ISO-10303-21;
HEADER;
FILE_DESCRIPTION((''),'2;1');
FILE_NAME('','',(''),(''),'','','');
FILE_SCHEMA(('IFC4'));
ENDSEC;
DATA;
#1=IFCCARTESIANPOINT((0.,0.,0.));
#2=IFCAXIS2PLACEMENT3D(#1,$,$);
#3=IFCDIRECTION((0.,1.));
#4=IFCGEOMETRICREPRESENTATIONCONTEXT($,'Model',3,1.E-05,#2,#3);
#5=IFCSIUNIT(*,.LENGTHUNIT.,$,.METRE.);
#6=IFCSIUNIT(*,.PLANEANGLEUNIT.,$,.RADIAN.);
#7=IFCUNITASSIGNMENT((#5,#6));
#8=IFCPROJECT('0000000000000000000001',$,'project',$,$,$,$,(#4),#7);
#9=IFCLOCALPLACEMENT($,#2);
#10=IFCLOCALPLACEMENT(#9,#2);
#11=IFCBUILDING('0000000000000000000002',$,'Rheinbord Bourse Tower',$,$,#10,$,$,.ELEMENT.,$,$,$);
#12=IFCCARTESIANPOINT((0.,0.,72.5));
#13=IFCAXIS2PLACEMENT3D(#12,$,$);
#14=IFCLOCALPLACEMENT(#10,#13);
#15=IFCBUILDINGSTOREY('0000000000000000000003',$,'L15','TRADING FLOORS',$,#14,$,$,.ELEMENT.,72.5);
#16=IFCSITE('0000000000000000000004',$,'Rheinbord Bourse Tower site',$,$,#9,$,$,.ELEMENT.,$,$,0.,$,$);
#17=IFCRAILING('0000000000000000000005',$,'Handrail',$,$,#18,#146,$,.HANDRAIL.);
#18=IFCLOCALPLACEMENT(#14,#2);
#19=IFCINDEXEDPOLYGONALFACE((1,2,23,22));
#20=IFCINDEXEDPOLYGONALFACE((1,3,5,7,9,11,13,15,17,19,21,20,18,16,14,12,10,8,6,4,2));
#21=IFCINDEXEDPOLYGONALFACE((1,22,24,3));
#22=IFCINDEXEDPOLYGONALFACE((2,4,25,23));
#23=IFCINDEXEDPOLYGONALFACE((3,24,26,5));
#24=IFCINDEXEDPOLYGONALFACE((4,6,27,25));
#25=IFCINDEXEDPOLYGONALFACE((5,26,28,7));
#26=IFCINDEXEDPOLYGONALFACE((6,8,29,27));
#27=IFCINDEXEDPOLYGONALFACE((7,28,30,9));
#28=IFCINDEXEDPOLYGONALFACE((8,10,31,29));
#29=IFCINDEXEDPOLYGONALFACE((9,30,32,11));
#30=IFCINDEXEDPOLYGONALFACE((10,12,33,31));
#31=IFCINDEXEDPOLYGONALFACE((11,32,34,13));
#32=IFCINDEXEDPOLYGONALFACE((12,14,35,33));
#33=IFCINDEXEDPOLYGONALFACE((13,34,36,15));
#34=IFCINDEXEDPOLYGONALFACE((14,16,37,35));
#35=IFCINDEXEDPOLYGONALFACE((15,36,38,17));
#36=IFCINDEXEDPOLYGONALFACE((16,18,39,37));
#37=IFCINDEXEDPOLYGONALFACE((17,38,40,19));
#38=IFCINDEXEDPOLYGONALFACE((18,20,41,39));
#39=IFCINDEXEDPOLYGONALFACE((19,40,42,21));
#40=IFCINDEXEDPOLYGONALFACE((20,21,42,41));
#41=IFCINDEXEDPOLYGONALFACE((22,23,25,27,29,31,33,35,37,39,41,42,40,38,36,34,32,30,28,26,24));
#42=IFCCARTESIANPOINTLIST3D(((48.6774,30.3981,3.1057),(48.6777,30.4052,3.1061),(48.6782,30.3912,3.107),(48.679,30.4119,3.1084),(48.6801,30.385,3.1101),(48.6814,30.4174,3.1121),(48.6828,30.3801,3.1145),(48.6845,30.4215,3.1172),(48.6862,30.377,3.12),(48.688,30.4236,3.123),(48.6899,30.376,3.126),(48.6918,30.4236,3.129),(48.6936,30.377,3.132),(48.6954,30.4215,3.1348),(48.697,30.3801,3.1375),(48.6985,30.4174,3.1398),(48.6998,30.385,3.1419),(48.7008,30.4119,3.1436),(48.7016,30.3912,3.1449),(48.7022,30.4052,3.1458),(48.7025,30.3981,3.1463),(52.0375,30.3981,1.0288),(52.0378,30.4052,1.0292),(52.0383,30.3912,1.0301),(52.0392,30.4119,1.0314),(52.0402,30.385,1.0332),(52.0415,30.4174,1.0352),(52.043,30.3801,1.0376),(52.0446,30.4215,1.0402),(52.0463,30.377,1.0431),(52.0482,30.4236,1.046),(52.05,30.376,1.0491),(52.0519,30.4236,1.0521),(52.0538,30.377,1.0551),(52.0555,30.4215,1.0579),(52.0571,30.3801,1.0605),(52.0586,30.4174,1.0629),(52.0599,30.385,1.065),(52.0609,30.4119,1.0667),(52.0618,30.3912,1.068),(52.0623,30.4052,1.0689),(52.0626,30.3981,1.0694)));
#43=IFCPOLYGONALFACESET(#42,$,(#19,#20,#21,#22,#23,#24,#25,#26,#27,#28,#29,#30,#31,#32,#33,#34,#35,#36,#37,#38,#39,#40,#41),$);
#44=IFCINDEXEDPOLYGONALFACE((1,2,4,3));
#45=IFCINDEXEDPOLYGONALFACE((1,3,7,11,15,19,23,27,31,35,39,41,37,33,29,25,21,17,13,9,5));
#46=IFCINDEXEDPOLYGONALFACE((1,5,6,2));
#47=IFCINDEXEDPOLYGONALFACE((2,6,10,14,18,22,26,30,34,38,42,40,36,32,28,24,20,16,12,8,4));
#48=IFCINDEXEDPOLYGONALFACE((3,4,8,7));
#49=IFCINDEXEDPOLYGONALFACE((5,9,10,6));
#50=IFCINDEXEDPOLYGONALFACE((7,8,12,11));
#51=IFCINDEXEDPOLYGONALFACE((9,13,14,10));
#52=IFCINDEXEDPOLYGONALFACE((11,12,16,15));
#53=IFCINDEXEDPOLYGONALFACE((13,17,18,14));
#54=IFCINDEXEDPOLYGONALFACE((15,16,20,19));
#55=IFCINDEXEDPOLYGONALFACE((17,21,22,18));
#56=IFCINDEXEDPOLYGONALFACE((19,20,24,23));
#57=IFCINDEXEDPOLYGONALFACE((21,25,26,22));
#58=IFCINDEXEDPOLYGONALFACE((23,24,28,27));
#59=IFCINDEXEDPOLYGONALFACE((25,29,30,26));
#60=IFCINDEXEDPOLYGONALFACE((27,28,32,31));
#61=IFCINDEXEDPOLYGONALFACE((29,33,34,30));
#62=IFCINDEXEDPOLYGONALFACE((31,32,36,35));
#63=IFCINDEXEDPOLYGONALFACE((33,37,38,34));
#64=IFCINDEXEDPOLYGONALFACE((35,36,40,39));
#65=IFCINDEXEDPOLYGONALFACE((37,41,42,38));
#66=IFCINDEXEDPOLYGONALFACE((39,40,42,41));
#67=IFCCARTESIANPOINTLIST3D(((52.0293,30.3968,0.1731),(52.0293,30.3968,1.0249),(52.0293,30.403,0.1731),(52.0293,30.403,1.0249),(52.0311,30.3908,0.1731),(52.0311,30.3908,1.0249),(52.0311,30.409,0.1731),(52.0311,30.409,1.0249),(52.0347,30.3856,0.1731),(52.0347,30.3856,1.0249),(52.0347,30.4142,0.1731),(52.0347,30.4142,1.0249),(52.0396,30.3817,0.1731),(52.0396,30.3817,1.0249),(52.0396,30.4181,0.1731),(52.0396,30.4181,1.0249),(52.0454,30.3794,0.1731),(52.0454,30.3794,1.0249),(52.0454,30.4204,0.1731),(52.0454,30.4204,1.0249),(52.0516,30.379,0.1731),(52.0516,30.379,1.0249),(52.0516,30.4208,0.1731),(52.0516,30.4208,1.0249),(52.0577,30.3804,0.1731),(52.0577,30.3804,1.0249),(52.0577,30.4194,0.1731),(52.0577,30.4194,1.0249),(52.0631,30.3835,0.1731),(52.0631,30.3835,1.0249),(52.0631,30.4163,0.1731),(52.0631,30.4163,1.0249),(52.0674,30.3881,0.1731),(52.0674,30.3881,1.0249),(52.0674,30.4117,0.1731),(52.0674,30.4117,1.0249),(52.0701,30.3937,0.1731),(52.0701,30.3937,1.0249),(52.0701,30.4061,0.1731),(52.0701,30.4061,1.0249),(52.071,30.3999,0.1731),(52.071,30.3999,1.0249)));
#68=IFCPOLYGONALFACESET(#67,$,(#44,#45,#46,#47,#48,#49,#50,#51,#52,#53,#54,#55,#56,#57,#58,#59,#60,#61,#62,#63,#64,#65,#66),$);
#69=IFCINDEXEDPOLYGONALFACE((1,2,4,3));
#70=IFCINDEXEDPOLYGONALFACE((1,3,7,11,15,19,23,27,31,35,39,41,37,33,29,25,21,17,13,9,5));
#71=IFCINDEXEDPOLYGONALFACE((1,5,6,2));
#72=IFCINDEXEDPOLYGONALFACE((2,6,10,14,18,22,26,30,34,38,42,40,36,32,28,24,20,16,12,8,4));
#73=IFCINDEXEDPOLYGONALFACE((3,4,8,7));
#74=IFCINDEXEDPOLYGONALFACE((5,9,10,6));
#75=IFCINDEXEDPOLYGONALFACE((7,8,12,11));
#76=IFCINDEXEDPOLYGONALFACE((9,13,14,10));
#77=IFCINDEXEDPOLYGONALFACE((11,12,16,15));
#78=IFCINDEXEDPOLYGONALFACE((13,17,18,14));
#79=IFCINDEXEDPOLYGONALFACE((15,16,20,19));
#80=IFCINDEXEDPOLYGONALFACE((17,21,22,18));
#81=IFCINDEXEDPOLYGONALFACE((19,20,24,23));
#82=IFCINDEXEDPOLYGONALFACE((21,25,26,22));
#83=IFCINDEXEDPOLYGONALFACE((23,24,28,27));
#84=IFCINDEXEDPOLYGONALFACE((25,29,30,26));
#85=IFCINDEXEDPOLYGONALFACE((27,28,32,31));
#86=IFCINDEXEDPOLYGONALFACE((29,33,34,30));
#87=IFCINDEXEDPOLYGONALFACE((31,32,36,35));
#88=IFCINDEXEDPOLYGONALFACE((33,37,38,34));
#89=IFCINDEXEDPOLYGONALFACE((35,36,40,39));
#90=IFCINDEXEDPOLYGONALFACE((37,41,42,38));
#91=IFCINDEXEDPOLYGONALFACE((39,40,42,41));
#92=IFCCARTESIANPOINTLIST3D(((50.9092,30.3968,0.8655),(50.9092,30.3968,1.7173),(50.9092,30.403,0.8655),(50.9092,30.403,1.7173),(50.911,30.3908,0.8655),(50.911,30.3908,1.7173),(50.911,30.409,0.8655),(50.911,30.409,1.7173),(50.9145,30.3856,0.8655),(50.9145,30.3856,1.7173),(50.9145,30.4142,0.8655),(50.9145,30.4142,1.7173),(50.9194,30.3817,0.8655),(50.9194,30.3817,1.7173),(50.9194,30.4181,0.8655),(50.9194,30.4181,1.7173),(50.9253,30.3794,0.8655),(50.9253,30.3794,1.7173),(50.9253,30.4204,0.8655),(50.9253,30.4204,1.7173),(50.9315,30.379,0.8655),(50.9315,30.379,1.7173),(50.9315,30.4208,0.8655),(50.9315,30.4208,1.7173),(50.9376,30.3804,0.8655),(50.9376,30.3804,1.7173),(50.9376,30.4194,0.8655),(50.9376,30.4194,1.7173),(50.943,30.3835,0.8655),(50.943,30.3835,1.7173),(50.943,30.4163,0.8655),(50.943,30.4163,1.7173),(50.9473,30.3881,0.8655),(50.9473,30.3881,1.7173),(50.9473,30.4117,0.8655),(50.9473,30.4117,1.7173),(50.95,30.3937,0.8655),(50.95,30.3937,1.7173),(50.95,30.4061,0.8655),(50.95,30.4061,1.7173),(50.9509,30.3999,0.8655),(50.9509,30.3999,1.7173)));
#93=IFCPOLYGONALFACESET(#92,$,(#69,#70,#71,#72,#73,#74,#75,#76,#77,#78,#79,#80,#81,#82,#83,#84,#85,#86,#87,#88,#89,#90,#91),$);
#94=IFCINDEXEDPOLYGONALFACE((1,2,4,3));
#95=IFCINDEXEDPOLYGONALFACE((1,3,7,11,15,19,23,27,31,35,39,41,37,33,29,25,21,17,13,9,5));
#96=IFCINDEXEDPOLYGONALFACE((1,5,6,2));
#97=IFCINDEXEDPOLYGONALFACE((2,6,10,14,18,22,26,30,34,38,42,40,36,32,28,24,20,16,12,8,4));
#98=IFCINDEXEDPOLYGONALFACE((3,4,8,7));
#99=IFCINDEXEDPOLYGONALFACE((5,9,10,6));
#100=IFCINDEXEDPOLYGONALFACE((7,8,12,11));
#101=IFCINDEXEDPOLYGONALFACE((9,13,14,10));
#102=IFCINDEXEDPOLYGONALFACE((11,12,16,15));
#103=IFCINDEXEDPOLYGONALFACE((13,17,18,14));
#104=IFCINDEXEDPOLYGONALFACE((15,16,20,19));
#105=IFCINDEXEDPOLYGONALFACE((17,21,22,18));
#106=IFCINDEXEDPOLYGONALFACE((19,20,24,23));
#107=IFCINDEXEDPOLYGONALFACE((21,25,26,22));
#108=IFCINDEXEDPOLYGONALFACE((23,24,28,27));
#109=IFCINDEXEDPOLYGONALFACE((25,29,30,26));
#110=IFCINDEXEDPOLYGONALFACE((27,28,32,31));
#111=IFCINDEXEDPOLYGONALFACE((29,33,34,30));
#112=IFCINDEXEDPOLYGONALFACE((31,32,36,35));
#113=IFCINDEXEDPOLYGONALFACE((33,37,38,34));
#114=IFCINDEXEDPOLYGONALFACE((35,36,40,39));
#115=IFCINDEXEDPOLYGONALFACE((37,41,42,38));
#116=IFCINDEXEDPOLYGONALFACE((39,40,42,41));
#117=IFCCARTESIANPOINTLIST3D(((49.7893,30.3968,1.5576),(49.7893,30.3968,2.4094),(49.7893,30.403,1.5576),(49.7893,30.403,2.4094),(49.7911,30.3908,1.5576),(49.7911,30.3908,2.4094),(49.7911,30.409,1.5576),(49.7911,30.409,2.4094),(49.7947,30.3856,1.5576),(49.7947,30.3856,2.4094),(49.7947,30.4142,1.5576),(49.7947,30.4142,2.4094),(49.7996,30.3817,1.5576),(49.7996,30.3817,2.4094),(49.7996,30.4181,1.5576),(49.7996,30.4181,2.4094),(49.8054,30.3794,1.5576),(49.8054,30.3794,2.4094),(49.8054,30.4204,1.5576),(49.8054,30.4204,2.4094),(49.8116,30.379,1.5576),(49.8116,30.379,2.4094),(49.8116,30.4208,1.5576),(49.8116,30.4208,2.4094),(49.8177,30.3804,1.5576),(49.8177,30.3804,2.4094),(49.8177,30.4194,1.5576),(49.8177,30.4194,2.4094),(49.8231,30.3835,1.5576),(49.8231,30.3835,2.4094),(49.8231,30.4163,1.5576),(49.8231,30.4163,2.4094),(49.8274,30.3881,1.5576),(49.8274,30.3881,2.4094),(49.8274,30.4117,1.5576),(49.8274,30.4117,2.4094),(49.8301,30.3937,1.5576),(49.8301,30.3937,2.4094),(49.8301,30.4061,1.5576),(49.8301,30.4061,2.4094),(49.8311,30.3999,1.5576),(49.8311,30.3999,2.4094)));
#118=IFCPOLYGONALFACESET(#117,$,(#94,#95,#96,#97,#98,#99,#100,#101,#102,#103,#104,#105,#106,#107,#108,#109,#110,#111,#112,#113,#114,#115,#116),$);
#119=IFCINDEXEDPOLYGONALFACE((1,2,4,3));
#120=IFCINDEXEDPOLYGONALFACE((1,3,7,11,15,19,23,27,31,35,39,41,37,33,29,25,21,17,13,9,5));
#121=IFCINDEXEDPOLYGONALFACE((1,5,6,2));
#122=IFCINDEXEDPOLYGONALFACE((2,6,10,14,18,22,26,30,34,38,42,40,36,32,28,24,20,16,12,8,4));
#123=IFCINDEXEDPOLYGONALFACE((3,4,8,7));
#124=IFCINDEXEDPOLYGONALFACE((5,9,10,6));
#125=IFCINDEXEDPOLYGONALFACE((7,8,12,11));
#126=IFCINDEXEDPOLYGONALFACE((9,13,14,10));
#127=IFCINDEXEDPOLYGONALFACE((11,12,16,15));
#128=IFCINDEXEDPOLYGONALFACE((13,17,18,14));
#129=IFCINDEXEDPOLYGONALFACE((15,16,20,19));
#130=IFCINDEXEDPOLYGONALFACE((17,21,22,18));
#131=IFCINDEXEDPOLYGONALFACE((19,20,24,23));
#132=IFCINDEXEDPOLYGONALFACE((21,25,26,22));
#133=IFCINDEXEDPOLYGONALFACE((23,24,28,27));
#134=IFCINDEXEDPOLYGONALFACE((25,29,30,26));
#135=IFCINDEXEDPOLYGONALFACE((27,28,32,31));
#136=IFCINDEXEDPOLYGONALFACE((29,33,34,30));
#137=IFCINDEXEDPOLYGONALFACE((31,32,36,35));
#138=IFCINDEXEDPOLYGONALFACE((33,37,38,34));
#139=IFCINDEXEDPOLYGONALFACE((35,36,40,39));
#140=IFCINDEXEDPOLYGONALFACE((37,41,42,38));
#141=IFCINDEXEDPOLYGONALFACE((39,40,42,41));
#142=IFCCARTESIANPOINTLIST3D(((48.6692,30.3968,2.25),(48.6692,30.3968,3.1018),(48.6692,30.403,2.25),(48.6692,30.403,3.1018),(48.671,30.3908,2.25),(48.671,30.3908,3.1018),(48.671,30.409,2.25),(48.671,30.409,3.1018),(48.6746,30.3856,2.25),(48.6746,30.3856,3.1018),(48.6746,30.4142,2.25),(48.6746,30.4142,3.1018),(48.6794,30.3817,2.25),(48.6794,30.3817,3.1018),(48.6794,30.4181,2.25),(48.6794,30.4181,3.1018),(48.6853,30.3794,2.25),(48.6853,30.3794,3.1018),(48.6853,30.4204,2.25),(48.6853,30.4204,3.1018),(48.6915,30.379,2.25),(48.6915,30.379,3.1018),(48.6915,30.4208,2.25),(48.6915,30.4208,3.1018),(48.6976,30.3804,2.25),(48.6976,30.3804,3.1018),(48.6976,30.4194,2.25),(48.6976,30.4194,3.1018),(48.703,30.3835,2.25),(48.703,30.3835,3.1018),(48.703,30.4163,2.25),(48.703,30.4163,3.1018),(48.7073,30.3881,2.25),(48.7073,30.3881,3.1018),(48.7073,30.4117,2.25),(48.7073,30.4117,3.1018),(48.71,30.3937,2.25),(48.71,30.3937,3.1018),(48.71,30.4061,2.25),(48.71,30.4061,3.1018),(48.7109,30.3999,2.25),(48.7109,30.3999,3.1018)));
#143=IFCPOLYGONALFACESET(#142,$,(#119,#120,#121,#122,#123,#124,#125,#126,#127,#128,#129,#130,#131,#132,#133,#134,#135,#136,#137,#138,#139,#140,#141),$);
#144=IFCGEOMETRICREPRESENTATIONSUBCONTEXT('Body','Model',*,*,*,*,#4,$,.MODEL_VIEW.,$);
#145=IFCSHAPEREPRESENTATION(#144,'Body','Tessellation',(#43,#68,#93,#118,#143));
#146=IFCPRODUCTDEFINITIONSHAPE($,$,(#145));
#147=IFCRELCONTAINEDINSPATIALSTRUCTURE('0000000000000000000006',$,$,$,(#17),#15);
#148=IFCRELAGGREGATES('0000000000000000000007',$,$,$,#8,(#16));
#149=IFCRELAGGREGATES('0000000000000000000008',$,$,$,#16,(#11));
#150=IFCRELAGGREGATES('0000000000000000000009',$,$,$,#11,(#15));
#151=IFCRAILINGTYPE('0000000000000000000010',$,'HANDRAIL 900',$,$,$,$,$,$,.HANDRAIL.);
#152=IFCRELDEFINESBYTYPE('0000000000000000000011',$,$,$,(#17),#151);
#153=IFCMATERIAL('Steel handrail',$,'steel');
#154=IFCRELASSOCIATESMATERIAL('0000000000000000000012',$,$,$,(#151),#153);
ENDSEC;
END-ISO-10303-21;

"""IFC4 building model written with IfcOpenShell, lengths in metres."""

from ifc_helpers import new_model, si_unit, direction, frame, origin, origin_2d, place, context, subcontext, project, spatial, circle, extrude, material, type_object, element, save


model = new_model("IFC4")

# Units and contexts
model_context = context("Model", 3, precision=1e-05, world=origin(), true_north=direction((0.0, 1.0)))
body_context = subcontext(model_context, "Body", "Model", "MODEL_VIEW")
ifc_project = project(units=[si_unit("LENGTHUNIT", "METRE"), si_unit("PLANEANGLEUNIT", "RADIAN")], contexts=[model_context])

# Site, building, storey
site_placement = place(None, origin())
site = spatial("IfcSite", under=ifc_project, at=site_placement, Name="Rheinbord Bourse Tower site", CompositionType="ELEMENT", RefElevation=0.0)
building_placement = place(site_placement, origin())
building = spatial("IfcBuilding", under=site, at=building_placement, Name="Rheinbord Bourse Tower", CompositionType="ELEMENT")
storey_placement = place(building_placement, frame((0.0, 0.0, 72.5)))
storey = spatial("IfcBuildingStorey", under=building, at=storey_placement, Name="L15", Description="TRADING FLOORS", CompositionType="ELEMENT", Elevation=72.5)

# Railing
ifc_material_1 = material(Name="Steel handrail", Category="steel")
railing_type = type_object("IfcRailingType", Name="HANDRAIL 900", PredefinedType="HANDRAIL", material=ifc_material_1)
railing_1_placement = place(storey_placement, frame((52.05, 30.3999, 0.1731)))
element("IfcRailing", 1, at=railing_1_placement, inside=storey, type_object=railing_type, Name="Handrail", PredefinedType="HANDRAIL", context=body_context, shape_type="SweptSolid", body=[
    extrude(circle(Radius=0.0239, at=origin_2d()), frame((0.0, 0.0, 0.876), z_axis=(-0.850623, 0.0, 0.525776), x_axis=(0.0, -1.0, 0.0)), (0.0, 0.0, 1.0), 3.9502),
    extrude(circle(Radius=0.021, at=origin_2d()), origin(), (0.0, 0.0, 1.0), 0.8518),
    extrude(circle(Radius=0.021, at=origin_2d()), frame((-1.1201, 0.0, 0.6924)), (0.0, 0.0, 1.0), 0.8518),
    extrude(circle(Radius=0.021, at=origin_2d()), frame((-2.24, 0.0, 1.3845)), (0.0, 0.0, 1.0), 0.8518),
    extrude(circle(Radius=0.021, at=origin_2d()), frame((-3.3601, 0.0, 2.0769)), (0.0, 0.0, 1.0), 0.8518),
])

save(model, "model.ifc")
